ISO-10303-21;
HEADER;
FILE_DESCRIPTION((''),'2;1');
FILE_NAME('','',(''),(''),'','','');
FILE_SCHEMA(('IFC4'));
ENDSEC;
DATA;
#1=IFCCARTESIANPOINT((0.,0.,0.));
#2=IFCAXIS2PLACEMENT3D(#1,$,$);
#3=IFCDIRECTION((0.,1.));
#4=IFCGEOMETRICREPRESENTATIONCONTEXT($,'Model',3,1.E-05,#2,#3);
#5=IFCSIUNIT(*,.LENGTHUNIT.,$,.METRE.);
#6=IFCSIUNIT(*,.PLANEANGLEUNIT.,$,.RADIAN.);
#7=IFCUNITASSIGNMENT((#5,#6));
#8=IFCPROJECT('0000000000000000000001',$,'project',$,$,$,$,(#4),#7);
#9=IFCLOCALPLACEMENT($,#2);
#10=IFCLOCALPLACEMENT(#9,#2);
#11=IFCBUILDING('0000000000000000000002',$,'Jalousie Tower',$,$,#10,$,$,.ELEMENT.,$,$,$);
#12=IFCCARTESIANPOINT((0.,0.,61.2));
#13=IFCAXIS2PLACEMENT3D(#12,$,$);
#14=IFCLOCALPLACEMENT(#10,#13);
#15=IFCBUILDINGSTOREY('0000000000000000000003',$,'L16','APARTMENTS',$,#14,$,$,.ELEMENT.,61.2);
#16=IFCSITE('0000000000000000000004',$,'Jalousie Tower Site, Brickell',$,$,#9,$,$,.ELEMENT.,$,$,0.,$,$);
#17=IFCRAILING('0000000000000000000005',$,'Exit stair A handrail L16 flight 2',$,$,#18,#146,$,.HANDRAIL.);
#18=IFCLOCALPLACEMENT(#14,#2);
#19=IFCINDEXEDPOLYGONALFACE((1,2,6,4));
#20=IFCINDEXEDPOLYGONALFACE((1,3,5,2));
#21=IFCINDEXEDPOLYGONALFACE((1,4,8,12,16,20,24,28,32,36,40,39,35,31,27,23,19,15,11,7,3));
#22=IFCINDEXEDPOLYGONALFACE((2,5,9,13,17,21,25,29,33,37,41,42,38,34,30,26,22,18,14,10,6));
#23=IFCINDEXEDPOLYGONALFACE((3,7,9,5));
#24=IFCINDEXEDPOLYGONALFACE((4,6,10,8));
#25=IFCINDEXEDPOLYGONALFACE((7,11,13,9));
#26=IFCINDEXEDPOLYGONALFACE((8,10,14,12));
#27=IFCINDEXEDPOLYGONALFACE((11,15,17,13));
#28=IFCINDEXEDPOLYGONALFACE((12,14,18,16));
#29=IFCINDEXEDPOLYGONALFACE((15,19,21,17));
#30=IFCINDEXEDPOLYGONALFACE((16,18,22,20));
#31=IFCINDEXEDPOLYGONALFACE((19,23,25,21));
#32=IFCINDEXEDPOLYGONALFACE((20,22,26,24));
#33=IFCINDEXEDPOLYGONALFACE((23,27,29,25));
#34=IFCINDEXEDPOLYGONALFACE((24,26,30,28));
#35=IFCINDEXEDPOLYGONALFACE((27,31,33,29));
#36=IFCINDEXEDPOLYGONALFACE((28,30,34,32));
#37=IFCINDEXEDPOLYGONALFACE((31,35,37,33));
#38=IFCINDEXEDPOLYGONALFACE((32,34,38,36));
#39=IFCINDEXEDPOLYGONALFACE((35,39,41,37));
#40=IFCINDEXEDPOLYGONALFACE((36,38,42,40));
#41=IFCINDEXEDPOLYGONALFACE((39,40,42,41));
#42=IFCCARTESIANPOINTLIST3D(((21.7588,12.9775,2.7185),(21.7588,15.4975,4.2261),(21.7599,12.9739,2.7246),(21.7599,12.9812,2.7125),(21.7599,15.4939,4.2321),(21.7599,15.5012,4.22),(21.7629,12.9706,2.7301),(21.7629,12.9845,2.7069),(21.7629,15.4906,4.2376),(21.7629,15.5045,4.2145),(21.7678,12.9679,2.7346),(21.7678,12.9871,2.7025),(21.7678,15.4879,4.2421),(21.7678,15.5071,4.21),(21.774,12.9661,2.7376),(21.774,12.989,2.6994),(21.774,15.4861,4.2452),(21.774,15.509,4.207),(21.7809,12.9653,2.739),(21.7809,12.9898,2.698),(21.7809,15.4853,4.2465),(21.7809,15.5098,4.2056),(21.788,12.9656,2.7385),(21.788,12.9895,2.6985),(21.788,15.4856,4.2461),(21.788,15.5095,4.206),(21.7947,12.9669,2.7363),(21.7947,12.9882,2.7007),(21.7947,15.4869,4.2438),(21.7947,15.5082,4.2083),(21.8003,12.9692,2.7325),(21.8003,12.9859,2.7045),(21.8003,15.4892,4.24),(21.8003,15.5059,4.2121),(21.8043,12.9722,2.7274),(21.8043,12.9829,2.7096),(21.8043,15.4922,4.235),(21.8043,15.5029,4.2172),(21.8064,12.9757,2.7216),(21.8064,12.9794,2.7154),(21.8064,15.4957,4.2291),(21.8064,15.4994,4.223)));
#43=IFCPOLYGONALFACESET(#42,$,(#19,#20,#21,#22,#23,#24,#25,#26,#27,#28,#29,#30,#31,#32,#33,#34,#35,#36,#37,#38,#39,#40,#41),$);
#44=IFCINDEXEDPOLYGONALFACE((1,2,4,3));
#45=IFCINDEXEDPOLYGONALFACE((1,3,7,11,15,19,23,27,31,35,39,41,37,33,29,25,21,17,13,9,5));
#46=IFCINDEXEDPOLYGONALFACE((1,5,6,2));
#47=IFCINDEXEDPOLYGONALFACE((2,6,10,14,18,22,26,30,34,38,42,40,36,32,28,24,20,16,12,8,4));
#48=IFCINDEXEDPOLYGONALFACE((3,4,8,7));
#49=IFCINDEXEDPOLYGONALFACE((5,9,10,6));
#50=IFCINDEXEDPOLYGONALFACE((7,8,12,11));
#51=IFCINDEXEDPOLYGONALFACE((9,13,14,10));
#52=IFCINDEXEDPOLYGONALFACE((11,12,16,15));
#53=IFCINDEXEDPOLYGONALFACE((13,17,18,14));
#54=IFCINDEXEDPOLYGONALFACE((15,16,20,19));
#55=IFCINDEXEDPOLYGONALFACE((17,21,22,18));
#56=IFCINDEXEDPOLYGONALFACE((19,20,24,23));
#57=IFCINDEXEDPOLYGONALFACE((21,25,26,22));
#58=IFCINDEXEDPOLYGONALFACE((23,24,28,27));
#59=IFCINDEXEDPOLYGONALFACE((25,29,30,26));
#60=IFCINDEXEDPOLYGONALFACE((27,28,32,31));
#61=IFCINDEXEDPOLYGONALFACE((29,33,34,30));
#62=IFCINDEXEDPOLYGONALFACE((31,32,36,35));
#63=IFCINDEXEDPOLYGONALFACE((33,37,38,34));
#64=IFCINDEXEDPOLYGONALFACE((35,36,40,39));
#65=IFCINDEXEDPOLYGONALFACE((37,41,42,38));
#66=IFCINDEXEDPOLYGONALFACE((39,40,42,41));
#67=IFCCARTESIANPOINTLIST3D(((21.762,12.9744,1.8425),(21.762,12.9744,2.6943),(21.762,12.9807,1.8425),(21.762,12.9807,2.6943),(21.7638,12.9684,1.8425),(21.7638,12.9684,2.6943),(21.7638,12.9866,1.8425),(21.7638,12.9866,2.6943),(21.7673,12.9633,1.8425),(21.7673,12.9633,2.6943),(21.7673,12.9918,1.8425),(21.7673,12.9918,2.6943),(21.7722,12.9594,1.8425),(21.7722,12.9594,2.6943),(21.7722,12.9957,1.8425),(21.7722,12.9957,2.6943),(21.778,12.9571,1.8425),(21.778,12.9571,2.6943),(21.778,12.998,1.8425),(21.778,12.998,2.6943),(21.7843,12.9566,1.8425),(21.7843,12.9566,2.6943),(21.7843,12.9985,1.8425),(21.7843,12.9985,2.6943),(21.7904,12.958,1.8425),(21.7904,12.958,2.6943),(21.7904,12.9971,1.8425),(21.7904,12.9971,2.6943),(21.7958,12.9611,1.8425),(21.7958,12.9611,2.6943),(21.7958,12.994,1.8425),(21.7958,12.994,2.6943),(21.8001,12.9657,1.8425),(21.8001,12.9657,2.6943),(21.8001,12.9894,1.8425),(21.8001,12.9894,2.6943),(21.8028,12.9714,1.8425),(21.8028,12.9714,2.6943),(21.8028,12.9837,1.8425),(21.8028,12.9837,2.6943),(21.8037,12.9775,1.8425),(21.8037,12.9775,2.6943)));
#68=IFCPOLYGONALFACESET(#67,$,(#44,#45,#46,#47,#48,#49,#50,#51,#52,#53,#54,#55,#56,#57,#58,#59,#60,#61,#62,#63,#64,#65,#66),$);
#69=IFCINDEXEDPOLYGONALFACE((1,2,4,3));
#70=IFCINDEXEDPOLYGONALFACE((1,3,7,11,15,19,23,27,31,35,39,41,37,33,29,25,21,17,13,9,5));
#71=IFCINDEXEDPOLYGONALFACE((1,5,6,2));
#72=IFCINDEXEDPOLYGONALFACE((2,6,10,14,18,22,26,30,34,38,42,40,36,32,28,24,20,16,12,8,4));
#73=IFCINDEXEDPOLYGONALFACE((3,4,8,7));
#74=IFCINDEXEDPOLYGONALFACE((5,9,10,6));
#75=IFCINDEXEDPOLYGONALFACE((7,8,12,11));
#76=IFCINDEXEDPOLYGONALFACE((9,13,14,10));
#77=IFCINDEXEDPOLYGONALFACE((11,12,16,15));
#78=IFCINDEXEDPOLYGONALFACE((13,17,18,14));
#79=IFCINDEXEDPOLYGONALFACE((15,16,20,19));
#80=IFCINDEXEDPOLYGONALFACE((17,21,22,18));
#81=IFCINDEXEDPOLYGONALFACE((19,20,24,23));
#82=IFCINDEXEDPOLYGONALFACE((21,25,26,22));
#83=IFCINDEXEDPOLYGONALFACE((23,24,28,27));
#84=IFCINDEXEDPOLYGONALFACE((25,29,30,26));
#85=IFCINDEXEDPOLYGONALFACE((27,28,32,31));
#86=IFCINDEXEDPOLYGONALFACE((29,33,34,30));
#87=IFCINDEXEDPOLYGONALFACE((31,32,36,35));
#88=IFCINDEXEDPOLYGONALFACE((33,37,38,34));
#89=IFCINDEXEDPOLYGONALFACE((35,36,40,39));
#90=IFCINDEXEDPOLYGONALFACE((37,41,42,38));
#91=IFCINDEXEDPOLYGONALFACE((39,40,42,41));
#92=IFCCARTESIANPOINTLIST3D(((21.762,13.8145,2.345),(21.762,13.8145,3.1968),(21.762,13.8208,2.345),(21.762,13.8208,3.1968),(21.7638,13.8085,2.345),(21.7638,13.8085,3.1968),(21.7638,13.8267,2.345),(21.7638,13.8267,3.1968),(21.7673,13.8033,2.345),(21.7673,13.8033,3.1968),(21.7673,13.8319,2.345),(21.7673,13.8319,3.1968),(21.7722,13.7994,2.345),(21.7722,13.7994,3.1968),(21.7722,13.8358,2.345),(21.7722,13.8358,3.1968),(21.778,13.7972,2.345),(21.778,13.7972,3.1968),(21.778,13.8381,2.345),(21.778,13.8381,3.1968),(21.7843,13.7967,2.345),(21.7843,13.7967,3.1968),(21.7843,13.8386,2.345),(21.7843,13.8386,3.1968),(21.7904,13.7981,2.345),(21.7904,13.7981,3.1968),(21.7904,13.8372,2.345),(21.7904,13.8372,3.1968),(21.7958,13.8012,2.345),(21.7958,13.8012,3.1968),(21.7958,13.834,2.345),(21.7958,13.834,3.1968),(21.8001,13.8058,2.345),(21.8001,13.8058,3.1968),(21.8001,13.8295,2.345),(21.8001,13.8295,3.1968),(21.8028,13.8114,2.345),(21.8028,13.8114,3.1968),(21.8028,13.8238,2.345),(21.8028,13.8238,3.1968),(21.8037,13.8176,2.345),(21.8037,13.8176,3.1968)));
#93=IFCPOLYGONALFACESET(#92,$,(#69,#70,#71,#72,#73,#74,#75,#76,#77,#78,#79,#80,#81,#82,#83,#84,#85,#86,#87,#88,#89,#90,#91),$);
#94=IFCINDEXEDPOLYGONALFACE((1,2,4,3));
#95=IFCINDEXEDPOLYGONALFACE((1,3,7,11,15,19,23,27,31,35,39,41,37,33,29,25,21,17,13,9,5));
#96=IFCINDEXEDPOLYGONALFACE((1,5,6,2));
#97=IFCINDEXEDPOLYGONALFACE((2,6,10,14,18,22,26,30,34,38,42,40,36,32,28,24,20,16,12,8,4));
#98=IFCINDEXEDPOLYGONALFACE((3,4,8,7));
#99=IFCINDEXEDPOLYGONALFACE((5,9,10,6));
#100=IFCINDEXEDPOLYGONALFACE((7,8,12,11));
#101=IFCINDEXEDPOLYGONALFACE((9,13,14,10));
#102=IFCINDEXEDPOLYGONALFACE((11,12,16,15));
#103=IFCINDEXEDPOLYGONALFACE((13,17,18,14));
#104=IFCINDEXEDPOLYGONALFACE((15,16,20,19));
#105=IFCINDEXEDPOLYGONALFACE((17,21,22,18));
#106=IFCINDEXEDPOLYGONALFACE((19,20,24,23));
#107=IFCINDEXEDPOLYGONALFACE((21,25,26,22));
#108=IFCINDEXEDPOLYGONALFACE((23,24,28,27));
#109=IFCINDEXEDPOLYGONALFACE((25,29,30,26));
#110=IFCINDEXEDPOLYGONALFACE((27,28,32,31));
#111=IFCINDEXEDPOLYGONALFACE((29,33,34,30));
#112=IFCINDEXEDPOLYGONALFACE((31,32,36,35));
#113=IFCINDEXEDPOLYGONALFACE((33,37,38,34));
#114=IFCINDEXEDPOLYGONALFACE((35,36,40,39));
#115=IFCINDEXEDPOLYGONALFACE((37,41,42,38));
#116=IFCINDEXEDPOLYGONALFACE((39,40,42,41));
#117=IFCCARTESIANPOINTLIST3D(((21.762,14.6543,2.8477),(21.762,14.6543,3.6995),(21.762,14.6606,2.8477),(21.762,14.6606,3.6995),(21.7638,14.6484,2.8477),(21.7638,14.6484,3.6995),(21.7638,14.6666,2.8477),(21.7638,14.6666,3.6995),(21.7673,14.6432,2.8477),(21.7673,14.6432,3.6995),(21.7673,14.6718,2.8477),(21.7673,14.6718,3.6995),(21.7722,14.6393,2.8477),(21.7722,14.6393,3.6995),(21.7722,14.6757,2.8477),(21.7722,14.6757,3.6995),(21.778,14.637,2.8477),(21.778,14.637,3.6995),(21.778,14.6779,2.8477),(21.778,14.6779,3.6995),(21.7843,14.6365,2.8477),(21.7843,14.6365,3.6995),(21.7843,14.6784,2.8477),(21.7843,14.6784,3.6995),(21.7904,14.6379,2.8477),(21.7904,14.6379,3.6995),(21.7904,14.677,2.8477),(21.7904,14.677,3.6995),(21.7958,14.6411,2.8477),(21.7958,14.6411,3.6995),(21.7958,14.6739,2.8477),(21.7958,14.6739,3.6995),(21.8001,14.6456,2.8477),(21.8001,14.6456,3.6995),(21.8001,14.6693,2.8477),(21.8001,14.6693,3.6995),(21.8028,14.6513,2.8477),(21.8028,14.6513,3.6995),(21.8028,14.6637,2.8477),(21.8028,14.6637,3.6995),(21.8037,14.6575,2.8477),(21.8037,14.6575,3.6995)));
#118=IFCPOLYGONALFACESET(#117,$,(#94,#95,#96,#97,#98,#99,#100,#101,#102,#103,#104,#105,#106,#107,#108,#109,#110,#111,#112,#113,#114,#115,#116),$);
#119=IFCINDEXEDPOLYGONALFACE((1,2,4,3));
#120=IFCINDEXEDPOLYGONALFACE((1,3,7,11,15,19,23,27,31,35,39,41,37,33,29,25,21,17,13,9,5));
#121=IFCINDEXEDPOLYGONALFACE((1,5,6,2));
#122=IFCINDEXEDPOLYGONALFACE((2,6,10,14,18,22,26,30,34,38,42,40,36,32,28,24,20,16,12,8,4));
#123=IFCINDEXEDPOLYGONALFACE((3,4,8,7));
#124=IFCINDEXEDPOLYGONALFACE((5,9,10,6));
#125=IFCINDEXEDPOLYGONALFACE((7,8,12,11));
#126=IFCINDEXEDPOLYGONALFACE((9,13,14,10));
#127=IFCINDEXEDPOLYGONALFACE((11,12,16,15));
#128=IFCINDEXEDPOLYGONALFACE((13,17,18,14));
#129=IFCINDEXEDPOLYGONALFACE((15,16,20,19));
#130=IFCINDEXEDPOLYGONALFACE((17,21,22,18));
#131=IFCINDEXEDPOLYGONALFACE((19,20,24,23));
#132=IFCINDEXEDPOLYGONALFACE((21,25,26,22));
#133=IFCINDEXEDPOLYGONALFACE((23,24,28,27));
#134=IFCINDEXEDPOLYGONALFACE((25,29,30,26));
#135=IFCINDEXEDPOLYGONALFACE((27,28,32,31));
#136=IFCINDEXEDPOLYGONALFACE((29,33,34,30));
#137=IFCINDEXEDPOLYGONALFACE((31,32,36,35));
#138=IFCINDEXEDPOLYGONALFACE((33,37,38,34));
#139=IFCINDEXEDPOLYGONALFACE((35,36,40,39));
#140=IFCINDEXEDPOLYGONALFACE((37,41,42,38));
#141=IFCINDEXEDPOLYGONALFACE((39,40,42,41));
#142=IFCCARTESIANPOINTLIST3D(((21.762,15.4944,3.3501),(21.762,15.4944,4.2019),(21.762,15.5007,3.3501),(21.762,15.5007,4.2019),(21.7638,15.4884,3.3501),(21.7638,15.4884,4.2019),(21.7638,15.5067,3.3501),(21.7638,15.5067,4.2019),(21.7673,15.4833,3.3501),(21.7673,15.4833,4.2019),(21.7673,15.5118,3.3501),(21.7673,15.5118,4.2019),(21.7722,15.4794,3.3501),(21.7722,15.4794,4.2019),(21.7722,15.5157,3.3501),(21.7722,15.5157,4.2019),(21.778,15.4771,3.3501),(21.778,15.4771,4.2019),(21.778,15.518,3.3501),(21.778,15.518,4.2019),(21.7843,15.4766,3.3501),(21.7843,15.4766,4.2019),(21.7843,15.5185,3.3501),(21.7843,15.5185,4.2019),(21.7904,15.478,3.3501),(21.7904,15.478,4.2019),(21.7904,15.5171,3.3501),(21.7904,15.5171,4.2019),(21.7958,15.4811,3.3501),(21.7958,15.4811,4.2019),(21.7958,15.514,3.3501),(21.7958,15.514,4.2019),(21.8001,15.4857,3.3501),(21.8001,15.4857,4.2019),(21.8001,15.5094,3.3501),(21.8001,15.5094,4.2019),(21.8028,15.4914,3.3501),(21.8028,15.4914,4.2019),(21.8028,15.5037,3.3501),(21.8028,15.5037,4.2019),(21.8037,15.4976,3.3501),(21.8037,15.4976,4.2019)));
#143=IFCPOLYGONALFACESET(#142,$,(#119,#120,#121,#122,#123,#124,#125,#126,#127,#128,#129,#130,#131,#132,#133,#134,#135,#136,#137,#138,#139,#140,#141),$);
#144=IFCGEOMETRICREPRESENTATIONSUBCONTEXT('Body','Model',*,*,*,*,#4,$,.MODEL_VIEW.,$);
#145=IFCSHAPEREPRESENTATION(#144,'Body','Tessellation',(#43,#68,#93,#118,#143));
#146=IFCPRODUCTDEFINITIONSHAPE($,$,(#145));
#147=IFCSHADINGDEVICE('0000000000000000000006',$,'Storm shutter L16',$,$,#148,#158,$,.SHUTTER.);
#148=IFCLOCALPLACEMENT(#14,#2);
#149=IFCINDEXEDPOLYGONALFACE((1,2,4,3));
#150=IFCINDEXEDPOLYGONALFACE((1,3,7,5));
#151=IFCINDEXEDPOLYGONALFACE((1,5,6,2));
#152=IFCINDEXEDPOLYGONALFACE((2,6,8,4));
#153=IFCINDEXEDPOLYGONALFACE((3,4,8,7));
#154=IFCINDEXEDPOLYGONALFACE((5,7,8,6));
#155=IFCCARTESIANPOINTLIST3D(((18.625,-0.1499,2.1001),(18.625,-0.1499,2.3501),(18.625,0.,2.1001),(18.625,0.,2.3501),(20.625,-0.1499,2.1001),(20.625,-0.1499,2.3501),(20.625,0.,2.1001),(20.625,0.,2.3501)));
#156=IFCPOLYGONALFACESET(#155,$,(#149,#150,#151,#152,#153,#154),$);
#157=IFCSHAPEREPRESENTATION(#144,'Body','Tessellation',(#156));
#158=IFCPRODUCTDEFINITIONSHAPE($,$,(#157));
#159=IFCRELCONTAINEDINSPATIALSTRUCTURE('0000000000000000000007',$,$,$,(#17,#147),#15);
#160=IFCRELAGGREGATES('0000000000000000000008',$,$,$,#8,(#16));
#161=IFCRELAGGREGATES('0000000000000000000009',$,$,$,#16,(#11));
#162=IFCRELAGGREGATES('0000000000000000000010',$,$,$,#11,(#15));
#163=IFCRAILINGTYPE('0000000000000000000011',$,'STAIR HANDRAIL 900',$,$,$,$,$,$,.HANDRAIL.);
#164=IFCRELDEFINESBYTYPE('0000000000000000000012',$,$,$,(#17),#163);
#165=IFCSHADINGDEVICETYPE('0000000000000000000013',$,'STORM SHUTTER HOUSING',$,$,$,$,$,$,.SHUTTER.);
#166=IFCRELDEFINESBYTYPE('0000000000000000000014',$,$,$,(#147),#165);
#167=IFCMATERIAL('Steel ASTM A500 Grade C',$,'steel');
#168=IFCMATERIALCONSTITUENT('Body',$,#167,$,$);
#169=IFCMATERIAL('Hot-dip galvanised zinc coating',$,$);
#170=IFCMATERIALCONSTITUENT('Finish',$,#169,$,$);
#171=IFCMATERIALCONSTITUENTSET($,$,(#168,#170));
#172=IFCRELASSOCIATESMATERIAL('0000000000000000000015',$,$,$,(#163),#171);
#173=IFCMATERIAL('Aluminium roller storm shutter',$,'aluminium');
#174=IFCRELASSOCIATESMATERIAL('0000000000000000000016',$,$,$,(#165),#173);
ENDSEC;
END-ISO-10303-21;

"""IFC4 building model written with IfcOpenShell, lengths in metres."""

from ifc_helpers import new_model, si_unit, direction, frame, origin, origin_2d, place, context, subcontext, project, spatial, rectangle, circle, extrude, material, constituent, constituent_set, type_object, element, save


model = new_model("IFC4")

# Units and contexts
model_context = context("Model", 3, precision=1e-05, world=origin(), true_north=direction((0.0, 1.0)))
body_context = subcontext(model_context, "Body", "Model", "MODEL_VIEW")
ifc_project = project(units=[si_unit("LENGTHUNIT", "METRE"), si_unit("PLANEANGLEUNIT", "RADIAN")], contexts=[model_context])

# Site, building, storey
site_placement = place(None, origin())
site = spatial("IfcSite", under=ifc_project, at=site_placement, Name="Jalousie Tower Site, Brickell", CompositionType="ELEMENT", RefElevation=0.0)
building_placement = place(site_placement, origin())
building = spatial("IfcBuilding", under=site, at=building_placement, Name="Jalousie Tower", CompositionType="ELEMENT")
storey_placement = place(building_placement, frame((0.0, 0.0, 61.2)))
storey = spatial("IfcBuildingStorey", under=building, at=storey_placement, Name="L16", Description="APARTMENTS", CompositionType="ELEMENT", Elevation=61.2)

# Railing
ifc_material_1 = material(Name="Steel ASTM A500 Grade C", Category="steel")
ifc_constituent_1 = constituent(ifc_material_1, Name="Body")
ifc_material_2 = material(Name="Hot-dip galvanised zinc coating")
ifc_constituent_2 = constituent(ifc_material_2, Name="Finish")
ifc_constituent_set_1 = constituent_set(constituents=[ifc_constituent_1, ifc_constituent_2])
railing_type_1 = type_object("IfcRailingType", Name="STAIR HANDRAIL 900", PredefinedType="HANDRAIL", material=ifc_constituent_set_1)
railing_1_placement = place(storey_placement, frame((21.7827, 12.9775, 1.8425)))
element("IfcRailing", 1, at=railing_1_placement, inside=storey, type_object=railing_type_1, Name="Exit stair A handrail L16 flight 2", PredefinedType="HANDRAIL", context=body_context, shape_type="SweptSolid", body=[
    extrude(circle(Radius=0.0239, at=origin_2d()), frame((0.0, 0.0, 0.876), z_axis=(0.0, 0.85816, 0.513383), x_axis=(-1.0, 0.0, 0.0)), (0.0, 0.0, 1.0), 2.9365),
    extrude(circle(Radius=0.021, at=origin_2d()), origin(), (0.0, 0.0, 1.0), 0.8518),
    extrude(circle(Radius=0.021, at=origin_2d()), frame((0.0, 0.8401, 0.5024)), (0.0, 0.0, 1.0), 0.8518),
    extrude(circle(Radius=0.021, at=origin_2d()), frame((0.0, 1.6799, 1.0051)), (0.0, 0.0, 1.0), 0.8518),
    extrude(circle(Radius=0.021, at=origin_2d()), frame((0.0, 2.52, 1.5076)), (0.0, 0.0, 1.0), 0.8518),
])

# Shading device
ifc_material_3 = material(Name="Aluminium roller storm shutter", Category="aluminium")
shading_device_type = type_object("IfcShadingDeviceType", Name="STORM SHUTTER HOUSING", PredefinedType="SHUTTER", material=ifc_material_3)
shading_device_placement = place(storey_placement, frame((19.625, -0.075, 2.1001), z_axis=(0.0, 0.0, 1.0), x_axis=(1.0, 0.0, 0.0)))
element("IfcShadingDevice", 2, at=shading_device_placement, inside=storey, type_object=shading_device_type, Name="Storm shutter L16", PredefinedType="SHUTTER", context=body_context, shape_type="SweptSolid", body=[
    extrude(rectangle(XDim=2.0, YDim=0.1499, at=origin_2d()), origin(), (0.0, 0.0, 1.0), 0.25),
])

save(model, "model.ifc")
